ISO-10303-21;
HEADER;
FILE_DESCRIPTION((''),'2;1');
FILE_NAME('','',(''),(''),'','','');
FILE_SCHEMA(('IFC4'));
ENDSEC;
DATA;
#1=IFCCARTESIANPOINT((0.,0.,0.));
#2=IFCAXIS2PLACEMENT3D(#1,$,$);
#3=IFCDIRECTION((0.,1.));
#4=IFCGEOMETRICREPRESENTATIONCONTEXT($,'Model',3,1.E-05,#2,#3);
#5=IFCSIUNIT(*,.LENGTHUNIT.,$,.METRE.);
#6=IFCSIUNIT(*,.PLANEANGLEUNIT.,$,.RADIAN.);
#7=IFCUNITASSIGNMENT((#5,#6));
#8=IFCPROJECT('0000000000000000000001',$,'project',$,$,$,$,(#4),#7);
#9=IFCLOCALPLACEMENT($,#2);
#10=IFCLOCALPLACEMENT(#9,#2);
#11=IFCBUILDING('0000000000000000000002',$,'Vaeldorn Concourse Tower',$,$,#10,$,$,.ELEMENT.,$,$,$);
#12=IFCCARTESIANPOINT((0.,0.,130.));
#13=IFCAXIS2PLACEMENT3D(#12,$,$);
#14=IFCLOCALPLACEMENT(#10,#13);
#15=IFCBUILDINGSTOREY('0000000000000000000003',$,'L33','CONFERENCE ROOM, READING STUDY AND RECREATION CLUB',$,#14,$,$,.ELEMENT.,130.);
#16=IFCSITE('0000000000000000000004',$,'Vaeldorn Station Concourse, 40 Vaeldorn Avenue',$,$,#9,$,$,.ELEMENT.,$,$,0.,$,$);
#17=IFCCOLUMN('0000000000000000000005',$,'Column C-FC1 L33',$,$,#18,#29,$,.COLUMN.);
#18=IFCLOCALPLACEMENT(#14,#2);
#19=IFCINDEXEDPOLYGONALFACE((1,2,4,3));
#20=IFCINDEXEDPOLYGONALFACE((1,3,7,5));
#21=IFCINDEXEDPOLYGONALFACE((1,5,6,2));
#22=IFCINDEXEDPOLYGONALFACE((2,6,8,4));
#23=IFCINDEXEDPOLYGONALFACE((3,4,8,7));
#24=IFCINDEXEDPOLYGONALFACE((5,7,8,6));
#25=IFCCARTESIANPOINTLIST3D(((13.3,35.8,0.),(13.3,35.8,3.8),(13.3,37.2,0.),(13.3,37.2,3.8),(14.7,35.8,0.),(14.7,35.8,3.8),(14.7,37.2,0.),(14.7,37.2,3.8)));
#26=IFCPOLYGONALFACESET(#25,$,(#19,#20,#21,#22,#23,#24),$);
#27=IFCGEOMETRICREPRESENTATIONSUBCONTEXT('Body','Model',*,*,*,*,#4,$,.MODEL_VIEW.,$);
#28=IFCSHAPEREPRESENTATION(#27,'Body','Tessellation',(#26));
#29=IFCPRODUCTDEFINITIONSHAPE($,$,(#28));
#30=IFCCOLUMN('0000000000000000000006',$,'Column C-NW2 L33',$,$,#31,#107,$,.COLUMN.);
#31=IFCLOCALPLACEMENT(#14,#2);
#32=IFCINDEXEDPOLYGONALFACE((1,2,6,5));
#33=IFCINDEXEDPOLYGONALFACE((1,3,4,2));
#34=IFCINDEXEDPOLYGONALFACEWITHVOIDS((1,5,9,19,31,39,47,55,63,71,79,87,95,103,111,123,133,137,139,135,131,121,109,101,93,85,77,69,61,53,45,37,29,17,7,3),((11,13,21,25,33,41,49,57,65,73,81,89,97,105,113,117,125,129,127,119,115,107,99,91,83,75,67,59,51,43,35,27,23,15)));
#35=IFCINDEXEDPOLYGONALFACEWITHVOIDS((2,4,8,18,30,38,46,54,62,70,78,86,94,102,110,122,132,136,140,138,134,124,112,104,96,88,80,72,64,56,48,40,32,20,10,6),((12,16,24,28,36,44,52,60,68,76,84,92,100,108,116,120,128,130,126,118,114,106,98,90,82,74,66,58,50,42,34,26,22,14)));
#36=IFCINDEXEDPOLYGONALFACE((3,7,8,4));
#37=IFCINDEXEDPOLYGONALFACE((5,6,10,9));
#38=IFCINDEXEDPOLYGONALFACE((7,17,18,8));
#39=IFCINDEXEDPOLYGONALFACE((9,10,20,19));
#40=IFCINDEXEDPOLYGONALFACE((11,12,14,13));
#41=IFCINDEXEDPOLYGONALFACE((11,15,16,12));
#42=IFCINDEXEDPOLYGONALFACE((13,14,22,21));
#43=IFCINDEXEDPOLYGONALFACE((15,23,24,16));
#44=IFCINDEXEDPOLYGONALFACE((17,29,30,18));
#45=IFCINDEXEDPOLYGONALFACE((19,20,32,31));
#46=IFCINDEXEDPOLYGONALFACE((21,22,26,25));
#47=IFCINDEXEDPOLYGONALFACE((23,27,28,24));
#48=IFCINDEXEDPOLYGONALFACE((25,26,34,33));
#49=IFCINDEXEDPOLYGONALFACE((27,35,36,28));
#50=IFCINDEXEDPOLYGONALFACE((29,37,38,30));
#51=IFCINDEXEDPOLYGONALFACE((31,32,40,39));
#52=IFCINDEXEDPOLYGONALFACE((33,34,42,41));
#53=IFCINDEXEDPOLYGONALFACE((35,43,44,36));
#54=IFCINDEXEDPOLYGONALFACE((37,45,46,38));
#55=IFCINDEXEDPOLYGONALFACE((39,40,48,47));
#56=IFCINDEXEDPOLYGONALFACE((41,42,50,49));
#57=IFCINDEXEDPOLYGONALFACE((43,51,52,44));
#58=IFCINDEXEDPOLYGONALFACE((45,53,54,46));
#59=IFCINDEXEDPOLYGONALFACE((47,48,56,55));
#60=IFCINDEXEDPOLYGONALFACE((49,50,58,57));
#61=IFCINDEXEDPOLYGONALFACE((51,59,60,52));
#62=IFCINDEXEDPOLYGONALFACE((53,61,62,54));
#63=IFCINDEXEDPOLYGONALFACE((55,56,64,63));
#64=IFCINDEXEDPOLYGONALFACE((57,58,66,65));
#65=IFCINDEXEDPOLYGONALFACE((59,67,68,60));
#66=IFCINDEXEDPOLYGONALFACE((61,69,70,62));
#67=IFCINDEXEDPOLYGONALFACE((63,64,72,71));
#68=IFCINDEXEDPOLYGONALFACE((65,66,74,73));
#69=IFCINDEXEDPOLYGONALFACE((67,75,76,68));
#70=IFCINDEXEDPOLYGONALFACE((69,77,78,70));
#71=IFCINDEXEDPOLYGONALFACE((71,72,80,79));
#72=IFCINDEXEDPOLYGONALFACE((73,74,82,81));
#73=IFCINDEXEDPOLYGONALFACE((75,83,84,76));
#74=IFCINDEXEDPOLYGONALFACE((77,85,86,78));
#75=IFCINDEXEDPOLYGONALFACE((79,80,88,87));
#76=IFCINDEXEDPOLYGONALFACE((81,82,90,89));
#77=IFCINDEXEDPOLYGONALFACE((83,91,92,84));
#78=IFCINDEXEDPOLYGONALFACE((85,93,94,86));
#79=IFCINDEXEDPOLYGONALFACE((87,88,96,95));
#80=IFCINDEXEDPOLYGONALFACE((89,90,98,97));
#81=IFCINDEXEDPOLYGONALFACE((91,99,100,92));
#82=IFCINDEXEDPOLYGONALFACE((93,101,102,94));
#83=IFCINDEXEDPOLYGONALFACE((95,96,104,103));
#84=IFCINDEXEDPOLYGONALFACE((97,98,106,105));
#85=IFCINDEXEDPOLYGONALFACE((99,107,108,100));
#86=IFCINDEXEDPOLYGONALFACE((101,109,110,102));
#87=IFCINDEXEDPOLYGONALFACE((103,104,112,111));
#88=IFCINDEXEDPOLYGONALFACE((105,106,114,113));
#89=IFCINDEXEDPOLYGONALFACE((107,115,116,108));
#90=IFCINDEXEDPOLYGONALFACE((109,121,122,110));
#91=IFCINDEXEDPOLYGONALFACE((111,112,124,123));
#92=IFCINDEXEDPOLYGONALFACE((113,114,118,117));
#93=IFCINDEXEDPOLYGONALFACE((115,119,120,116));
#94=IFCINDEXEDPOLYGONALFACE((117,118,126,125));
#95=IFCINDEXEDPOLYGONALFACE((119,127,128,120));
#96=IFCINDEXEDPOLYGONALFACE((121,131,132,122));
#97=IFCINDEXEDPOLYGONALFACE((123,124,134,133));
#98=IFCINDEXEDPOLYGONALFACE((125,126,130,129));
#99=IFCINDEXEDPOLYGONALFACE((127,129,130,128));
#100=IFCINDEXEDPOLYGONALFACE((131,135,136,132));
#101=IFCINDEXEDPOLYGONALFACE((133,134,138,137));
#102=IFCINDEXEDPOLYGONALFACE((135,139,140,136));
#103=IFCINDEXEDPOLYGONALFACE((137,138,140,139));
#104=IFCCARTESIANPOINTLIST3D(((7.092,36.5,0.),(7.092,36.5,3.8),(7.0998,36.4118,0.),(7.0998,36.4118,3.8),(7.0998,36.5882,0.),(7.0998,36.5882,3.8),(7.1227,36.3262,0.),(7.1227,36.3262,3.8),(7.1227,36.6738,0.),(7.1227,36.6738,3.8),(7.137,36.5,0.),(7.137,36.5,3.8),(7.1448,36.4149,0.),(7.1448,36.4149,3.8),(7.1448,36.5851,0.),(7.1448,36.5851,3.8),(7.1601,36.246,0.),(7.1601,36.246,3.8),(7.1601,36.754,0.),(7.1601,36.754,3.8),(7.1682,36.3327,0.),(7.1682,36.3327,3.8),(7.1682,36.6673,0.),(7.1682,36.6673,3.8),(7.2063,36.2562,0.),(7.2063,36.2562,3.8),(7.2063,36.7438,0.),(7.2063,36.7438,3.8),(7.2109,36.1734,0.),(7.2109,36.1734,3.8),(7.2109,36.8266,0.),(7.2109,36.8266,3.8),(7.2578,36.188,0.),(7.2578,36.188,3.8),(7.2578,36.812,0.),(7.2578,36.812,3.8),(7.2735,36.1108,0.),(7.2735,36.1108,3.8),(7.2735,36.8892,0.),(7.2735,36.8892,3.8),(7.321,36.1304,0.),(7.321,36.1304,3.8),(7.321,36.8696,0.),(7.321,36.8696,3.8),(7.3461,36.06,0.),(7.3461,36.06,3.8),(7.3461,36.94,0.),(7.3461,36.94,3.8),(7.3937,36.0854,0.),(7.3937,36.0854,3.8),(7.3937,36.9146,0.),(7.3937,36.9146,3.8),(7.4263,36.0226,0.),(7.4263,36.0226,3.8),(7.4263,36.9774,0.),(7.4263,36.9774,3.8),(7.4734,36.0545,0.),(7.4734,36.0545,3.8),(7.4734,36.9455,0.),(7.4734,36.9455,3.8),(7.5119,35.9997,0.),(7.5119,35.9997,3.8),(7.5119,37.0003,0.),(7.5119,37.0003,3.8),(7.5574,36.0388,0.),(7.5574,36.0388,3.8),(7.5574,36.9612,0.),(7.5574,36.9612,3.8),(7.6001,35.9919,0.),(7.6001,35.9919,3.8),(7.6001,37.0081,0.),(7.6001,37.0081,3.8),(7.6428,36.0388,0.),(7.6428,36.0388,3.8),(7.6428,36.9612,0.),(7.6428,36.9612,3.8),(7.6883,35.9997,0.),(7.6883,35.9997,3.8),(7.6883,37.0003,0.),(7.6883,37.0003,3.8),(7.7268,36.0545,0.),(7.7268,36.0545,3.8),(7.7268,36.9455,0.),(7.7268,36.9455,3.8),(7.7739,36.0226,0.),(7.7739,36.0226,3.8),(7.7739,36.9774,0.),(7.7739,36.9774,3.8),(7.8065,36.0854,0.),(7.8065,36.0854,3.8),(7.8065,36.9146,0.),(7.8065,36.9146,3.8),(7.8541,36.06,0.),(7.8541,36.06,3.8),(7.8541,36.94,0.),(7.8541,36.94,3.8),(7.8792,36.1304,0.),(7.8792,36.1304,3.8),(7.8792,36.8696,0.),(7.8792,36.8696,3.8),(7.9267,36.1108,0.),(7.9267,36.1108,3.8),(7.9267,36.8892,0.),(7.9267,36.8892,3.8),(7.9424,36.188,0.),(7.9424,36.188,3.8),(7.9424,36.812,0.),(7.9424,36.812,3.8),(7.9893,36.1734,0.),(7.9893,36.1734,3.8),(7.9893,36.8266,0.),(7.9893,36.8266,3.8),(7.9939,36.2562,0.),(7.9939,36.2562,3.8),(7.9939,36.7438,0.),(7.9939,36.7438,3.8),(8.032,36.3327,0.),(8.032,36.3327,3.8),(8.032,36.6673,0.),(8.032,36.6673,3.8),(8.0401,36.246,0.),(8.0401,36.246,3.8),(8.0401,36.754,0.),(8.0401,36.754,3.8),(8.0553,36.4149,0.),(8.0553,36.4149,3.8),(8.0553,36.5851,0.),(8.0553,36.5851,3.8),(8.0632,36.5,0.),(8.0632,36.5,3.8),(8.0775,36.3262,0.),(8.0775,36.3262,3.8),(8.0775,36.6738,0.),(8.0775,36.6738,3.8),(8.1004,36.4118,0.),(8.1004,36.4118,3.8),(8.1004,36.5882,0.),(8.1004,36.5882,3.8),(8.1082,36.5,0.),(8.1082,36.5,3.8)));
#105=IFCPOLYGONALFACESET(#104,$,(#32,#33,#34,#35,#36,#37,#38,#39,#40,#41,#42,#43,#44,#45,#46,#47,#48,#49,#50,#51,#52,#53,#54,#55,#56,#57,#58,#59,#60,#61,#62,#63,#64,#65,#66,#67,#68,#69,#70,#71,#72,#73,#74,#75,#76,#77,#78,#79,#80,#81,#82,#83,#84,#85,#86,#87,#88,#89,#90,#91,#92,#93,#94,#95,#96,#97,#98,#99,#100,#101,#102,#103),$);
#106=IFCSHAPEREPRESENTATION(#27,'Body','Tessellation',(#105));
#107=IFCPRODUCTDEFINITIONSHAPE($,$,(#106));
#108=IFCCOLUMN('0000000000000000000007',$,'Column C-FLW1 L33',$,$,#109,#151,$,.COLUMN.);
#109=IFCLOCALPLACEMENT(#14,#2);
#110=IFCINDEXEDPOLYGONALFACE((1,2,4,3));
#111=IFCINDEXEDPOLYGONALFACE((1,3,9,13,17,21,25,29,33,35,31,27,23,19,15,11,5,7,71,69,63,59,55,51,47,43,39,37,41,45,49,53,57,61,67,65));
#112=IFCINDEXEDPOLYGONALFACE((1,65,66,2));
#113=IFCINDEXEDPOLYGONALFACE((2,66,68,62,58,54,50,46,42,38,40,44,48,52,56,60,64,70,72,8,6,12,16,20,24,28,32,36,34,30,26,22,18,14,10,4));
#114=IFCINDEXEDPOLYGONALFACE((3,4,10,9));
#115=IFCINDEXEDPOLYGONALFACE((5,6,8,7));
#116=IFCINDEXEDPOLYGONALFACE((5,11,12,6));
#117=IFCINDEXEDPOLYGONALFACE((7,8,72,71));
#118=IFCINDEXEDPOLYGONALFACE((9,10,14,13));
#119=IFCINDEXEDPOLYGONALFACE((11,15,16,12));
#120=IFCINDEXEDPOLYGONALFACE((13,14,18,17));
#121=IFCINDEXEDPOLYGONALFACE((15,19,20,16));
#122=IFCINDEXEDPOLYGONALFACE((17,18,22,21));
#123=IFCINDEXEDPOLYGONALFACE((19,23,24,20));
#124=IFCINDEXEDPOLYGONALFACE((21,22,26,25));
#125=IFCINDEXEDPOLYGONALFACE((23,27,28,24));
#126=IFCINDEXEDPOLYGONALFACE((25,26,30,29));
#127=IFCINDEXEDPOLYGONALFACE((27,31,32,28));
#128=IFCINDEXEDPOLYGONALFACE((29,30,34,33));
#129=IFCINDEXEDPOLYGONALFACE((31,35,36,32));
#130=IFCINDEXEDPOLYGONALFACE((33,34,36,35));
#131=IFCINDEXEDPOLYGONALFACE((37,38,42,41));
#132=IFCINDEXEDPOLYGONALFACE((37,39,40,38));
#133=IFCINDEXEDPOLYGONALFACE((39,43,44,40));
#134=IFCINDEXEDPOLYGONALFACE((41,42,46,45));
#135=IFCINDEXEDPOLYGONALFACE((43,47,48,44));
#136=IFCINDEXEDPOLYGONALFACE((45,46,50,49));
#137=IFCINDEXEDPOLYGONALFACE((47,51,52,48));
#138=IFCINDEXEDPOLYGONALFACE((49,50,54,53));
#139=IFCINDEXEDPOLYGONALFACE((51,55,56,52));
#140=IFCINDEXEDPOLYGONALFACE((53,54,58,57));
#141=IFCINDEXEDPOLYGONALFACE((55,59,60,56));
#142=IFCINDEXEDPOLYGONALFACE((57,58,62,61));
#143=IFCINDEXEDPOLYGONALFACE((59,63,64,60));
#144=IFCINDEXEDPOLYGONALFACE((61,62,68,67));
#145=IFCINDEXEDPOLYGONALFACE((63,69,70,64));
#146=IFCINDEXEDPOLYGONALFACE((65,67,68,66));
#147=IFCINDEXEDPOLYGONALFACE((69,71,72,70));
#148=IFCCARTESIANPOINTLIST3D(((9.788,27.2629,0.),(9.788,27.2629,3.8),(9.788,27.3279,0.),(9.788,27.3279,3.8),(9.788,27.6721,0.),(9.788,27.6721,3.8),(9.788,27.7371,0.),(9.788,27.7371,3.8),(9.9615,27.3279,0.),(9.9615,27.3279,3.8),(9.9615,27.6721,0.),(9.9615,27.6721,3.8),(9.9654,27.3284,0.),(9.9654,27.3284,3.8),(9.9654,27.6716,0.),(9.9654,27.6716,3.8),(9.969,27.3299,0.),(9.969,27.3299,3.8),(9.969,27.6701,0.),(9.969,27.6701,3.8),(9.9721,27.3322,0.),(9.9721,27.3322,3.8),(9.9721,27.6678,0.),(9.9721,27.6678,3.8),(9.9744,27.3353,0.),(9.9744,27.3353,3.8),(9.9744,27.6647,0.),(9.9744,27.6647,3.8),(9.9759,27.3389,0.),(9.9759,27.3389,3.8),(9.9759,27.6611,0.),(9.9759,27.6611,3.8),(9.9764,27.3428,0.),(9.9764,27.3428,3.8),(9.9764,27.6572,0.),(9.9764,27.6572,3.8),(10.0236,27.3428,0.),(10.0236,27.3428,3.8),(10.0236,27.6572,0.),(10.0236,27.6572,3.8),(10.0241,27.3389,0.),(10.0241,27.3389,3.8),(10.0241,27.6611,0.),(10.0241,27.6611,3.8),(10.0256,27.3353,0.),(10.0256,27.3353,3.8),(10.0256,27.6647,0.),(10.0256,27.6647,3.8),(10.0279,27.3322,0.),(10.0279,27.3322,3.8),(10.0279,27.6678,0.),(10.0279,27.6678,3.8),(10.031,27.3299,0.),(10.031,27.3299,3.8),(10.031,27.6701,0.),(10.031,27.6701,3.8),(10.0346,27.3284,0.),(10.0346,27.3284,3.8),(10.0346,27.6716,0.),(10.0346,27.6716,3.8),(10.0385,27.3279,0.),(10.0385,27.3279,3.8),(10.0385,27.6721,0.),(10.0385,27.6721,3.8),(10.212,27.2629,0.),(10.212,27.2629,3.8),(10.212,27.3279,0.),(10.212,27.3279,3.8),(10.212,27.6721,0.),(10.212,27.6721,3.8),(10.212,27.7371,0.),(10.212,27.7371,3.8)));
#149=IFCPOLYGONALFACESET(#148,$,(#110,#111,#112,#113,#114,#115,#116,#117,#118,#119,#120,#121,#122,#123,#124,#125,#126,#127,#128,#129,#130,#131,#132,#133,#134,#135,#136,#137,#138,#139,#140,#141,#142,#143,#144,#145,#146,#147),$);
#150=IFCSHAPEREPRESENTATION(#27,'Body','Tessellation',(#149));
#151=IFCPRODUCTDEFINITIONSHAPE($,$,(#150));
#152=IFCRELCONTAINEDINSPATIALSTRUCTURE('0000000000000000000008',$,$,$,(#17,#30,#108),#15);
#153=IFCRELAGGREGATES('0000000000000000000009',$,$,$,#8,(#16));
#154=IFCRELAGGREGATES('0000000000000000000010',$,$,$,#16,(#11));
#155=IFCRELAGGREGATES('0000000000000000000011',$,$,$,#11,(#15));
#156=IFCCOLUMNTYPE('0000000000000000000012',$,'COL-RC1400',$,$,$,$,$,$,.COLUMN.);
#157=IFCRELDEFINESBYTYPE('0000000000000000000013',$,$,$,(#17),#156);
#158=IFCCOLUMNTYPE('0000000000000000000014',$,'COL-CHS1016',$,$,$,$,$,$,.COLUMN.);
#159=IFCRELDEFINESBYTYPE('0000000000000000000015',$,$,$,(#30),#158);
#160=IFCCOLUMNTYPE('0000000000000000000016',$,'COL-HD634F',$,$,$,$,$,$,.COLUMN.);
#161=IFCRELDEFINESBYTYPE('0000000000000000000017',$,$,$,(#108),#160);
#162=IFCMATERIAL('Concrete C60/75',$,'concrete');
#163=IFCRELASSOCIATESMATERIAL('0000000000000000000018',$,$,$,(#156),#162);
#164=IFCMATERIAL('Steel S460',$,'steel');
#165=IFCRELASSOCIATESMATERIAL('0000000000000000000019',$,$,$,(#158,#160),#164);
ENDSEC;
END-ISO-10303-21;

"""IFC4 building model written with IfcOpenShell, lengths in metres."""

from ifc_helpers import new_model, si_unit, direction, frame, origin, origin_2d, place, context, subcontext, project, spatial, rectangle, hollow_circle, i_section, extrude, source, transform, mapped, material, material_profile, profile_set, type_object, element, save


model = new_model("IFC4")

# Units and contexts
model_context = context("Model", 3, precision=1e-05, world=origin(), true_north=direction((0.0, 1.0)))
body_context = subcontext(model_context, "Body", "Model", "MODEL_VIEW")
ifc_project = project(units=[si_unit("LENGTHUNIT", "METRE"), si_unit("PLANEANGLEUNIT", "RADIAN")], contexts=[model_context])

# Site, building, storey
site_placement = place(None, origin())
site = spatial("IfcSite", under=ifc_project, at=site_placement, Name="Vaeldorn Station Concourse, 40 Vaeldorn Avenue", CompositionType="ELEMENT", RefElevation=0.0)
building_placement = place(site_placement, origin())
building = spatial("IfcBuilding", under=site, at=building_placement, Name="Vaeldorn Concourse Tower", CompositionType="ELEMENT")
storey_placement = place(building_placement, frame((0.0, 0.0, 130.0)))
storey = spatial("IfcBuildingStorey", under=building, at=storey_placement, Name="L33", Description="CONFERENCE ROOM, READING STUDY AND RECREATION CLUB", CompositionType="ELEMENT", Elevation=130.0)

# Columns
ifc_material_1 = material(Name="Concrete C60/75", Category="concrete")
ifc_material_profile_1 = material_profile(ifc_material_1, rectangle(XDim=1.3999, YDim=1.3999, at=origin_2d()), Name="RC 1400x1400")
ifc_profile_set_1 = profile_set([ifc_material_profile_1], Name="Concrete C60/75")
column_type_1 = type_object("IfcColumnType", Name="COL-RC1400", PredefinedType="COLUMN", material=ifc_profile_set_1)
shared_shape_1 = source(origin(), body_context, "Body", "SweptSolid", [
    extrude(rectangle(XDim=1.3999, YDim=1.3999, at=origin_2d()), origin(), (0.0, 0.0, 1.0), 3.8),
])
column_1_placement = place(storey_placement, frame((14.0, 36.5, 0.0), z_axis=(0.0, 0.0, 1.0), x_axis=(1.0, 0.0, 0.0)))
element("IfcColumn", 1, at=column_1_placement, inside=storey, type_object=column_type_1, Name="Column C-FC1 L33", PredefinedType="COLUMN", context=body_context, shape_type="MappedRepresentation", body=[
    mapped(shared_shape_1, transform((0.0, 0.0, 0.0), scale=1.0)),
])
ifc_material_2 = material(Name="Steel S460", Category="steel")
ifc_material_profile_2 = material_profile(ifc_material_2, hollow_circle(Radius=0.5081, WallThickness=0.0449, at=origin_2d()), Name="CHS 1016x45")
ifc_profile_set_2 = profile_set([ifc_material_profile_2], Name="Steel S460")
column_type_2 = type_object("IfcColumnType", Name="COL-CHS1016", PredefinedType="COLUMN", material=ifc_profile_set_2)
shared_shape_2 = source(origin(), body_context, "Body", "SweptSolid", [
    extrude(hollow_circle(Radius=0.5081, WallThickness=0.0449, at=origin_2d()), origin(), (0.0, 0.0, 1.0), 3.8),
])
column_2_placement = place(storey_placement, frame((7.6001, 36.5, 0.0), z_axis=(0.0, 0.0, 1.0), x_axis=(1.0, 0.0, 0.0)))
element("IfcColumn", 2, at=column_2_placement, inside=storey, type_object=column_type_2, Name="Column C-NW2 L33", PredefinedType="COLUMN", context=body_context, shape_type="MappedRepresentation", body=[
    mapped(shared_shape_2, transform((0.0, 0.0, 0.0), scale=1.0)),
])
ifc_material_profile_3 = material_profile(ifc_material_2, i_section(OverallWidth=0.4241, OverallDepth=0.4741, WebThickness=0.0471, FlangeThickness=0.0649, FilletRadius=0.0149, at=origin_2d()), Name="HD 400x634")
ifc_profile_set_3 = profile_set([ifc_material_profile_3], Name="Steel S460")
column_type_3 = type_object("IfcColumnType", Name="COL-HD634F", PredefinedType="COLUMN", material=ifc_profile_set_3)
shared_shape_3 = source(origin(), body_context, "Body", "SweptSolid", [
    extrude(i_section(OverallWidth=0.4241, OverallDepth=0.4741, WebThickness=0.0471, FlangeThickness=0.0649, FilletRadius=0.0149, at=origin_2d()), origin(), (0.0, 0.0, 1.0), 3.8),
])
column_3_placement = place(storey_placement, frame((10.0, 27.5, 0.0), z_axis=(0.0, 0.0, 1.0), x_axis=(1.0, 0.0, 0.0)))
element("IfcColumn", 3, at=column_3_placement, inside=storey, type_object=column_type_3, Name="Column C-FLW1 L33", PredefinedType="COLUMN", context=body_context, shape_type="MappedRepresentation", body=[
    mapped(shared_shape_3, transform((0.0, 0.0, 0.0), scale=1.0)),
])

save(model, "model.ifc")
